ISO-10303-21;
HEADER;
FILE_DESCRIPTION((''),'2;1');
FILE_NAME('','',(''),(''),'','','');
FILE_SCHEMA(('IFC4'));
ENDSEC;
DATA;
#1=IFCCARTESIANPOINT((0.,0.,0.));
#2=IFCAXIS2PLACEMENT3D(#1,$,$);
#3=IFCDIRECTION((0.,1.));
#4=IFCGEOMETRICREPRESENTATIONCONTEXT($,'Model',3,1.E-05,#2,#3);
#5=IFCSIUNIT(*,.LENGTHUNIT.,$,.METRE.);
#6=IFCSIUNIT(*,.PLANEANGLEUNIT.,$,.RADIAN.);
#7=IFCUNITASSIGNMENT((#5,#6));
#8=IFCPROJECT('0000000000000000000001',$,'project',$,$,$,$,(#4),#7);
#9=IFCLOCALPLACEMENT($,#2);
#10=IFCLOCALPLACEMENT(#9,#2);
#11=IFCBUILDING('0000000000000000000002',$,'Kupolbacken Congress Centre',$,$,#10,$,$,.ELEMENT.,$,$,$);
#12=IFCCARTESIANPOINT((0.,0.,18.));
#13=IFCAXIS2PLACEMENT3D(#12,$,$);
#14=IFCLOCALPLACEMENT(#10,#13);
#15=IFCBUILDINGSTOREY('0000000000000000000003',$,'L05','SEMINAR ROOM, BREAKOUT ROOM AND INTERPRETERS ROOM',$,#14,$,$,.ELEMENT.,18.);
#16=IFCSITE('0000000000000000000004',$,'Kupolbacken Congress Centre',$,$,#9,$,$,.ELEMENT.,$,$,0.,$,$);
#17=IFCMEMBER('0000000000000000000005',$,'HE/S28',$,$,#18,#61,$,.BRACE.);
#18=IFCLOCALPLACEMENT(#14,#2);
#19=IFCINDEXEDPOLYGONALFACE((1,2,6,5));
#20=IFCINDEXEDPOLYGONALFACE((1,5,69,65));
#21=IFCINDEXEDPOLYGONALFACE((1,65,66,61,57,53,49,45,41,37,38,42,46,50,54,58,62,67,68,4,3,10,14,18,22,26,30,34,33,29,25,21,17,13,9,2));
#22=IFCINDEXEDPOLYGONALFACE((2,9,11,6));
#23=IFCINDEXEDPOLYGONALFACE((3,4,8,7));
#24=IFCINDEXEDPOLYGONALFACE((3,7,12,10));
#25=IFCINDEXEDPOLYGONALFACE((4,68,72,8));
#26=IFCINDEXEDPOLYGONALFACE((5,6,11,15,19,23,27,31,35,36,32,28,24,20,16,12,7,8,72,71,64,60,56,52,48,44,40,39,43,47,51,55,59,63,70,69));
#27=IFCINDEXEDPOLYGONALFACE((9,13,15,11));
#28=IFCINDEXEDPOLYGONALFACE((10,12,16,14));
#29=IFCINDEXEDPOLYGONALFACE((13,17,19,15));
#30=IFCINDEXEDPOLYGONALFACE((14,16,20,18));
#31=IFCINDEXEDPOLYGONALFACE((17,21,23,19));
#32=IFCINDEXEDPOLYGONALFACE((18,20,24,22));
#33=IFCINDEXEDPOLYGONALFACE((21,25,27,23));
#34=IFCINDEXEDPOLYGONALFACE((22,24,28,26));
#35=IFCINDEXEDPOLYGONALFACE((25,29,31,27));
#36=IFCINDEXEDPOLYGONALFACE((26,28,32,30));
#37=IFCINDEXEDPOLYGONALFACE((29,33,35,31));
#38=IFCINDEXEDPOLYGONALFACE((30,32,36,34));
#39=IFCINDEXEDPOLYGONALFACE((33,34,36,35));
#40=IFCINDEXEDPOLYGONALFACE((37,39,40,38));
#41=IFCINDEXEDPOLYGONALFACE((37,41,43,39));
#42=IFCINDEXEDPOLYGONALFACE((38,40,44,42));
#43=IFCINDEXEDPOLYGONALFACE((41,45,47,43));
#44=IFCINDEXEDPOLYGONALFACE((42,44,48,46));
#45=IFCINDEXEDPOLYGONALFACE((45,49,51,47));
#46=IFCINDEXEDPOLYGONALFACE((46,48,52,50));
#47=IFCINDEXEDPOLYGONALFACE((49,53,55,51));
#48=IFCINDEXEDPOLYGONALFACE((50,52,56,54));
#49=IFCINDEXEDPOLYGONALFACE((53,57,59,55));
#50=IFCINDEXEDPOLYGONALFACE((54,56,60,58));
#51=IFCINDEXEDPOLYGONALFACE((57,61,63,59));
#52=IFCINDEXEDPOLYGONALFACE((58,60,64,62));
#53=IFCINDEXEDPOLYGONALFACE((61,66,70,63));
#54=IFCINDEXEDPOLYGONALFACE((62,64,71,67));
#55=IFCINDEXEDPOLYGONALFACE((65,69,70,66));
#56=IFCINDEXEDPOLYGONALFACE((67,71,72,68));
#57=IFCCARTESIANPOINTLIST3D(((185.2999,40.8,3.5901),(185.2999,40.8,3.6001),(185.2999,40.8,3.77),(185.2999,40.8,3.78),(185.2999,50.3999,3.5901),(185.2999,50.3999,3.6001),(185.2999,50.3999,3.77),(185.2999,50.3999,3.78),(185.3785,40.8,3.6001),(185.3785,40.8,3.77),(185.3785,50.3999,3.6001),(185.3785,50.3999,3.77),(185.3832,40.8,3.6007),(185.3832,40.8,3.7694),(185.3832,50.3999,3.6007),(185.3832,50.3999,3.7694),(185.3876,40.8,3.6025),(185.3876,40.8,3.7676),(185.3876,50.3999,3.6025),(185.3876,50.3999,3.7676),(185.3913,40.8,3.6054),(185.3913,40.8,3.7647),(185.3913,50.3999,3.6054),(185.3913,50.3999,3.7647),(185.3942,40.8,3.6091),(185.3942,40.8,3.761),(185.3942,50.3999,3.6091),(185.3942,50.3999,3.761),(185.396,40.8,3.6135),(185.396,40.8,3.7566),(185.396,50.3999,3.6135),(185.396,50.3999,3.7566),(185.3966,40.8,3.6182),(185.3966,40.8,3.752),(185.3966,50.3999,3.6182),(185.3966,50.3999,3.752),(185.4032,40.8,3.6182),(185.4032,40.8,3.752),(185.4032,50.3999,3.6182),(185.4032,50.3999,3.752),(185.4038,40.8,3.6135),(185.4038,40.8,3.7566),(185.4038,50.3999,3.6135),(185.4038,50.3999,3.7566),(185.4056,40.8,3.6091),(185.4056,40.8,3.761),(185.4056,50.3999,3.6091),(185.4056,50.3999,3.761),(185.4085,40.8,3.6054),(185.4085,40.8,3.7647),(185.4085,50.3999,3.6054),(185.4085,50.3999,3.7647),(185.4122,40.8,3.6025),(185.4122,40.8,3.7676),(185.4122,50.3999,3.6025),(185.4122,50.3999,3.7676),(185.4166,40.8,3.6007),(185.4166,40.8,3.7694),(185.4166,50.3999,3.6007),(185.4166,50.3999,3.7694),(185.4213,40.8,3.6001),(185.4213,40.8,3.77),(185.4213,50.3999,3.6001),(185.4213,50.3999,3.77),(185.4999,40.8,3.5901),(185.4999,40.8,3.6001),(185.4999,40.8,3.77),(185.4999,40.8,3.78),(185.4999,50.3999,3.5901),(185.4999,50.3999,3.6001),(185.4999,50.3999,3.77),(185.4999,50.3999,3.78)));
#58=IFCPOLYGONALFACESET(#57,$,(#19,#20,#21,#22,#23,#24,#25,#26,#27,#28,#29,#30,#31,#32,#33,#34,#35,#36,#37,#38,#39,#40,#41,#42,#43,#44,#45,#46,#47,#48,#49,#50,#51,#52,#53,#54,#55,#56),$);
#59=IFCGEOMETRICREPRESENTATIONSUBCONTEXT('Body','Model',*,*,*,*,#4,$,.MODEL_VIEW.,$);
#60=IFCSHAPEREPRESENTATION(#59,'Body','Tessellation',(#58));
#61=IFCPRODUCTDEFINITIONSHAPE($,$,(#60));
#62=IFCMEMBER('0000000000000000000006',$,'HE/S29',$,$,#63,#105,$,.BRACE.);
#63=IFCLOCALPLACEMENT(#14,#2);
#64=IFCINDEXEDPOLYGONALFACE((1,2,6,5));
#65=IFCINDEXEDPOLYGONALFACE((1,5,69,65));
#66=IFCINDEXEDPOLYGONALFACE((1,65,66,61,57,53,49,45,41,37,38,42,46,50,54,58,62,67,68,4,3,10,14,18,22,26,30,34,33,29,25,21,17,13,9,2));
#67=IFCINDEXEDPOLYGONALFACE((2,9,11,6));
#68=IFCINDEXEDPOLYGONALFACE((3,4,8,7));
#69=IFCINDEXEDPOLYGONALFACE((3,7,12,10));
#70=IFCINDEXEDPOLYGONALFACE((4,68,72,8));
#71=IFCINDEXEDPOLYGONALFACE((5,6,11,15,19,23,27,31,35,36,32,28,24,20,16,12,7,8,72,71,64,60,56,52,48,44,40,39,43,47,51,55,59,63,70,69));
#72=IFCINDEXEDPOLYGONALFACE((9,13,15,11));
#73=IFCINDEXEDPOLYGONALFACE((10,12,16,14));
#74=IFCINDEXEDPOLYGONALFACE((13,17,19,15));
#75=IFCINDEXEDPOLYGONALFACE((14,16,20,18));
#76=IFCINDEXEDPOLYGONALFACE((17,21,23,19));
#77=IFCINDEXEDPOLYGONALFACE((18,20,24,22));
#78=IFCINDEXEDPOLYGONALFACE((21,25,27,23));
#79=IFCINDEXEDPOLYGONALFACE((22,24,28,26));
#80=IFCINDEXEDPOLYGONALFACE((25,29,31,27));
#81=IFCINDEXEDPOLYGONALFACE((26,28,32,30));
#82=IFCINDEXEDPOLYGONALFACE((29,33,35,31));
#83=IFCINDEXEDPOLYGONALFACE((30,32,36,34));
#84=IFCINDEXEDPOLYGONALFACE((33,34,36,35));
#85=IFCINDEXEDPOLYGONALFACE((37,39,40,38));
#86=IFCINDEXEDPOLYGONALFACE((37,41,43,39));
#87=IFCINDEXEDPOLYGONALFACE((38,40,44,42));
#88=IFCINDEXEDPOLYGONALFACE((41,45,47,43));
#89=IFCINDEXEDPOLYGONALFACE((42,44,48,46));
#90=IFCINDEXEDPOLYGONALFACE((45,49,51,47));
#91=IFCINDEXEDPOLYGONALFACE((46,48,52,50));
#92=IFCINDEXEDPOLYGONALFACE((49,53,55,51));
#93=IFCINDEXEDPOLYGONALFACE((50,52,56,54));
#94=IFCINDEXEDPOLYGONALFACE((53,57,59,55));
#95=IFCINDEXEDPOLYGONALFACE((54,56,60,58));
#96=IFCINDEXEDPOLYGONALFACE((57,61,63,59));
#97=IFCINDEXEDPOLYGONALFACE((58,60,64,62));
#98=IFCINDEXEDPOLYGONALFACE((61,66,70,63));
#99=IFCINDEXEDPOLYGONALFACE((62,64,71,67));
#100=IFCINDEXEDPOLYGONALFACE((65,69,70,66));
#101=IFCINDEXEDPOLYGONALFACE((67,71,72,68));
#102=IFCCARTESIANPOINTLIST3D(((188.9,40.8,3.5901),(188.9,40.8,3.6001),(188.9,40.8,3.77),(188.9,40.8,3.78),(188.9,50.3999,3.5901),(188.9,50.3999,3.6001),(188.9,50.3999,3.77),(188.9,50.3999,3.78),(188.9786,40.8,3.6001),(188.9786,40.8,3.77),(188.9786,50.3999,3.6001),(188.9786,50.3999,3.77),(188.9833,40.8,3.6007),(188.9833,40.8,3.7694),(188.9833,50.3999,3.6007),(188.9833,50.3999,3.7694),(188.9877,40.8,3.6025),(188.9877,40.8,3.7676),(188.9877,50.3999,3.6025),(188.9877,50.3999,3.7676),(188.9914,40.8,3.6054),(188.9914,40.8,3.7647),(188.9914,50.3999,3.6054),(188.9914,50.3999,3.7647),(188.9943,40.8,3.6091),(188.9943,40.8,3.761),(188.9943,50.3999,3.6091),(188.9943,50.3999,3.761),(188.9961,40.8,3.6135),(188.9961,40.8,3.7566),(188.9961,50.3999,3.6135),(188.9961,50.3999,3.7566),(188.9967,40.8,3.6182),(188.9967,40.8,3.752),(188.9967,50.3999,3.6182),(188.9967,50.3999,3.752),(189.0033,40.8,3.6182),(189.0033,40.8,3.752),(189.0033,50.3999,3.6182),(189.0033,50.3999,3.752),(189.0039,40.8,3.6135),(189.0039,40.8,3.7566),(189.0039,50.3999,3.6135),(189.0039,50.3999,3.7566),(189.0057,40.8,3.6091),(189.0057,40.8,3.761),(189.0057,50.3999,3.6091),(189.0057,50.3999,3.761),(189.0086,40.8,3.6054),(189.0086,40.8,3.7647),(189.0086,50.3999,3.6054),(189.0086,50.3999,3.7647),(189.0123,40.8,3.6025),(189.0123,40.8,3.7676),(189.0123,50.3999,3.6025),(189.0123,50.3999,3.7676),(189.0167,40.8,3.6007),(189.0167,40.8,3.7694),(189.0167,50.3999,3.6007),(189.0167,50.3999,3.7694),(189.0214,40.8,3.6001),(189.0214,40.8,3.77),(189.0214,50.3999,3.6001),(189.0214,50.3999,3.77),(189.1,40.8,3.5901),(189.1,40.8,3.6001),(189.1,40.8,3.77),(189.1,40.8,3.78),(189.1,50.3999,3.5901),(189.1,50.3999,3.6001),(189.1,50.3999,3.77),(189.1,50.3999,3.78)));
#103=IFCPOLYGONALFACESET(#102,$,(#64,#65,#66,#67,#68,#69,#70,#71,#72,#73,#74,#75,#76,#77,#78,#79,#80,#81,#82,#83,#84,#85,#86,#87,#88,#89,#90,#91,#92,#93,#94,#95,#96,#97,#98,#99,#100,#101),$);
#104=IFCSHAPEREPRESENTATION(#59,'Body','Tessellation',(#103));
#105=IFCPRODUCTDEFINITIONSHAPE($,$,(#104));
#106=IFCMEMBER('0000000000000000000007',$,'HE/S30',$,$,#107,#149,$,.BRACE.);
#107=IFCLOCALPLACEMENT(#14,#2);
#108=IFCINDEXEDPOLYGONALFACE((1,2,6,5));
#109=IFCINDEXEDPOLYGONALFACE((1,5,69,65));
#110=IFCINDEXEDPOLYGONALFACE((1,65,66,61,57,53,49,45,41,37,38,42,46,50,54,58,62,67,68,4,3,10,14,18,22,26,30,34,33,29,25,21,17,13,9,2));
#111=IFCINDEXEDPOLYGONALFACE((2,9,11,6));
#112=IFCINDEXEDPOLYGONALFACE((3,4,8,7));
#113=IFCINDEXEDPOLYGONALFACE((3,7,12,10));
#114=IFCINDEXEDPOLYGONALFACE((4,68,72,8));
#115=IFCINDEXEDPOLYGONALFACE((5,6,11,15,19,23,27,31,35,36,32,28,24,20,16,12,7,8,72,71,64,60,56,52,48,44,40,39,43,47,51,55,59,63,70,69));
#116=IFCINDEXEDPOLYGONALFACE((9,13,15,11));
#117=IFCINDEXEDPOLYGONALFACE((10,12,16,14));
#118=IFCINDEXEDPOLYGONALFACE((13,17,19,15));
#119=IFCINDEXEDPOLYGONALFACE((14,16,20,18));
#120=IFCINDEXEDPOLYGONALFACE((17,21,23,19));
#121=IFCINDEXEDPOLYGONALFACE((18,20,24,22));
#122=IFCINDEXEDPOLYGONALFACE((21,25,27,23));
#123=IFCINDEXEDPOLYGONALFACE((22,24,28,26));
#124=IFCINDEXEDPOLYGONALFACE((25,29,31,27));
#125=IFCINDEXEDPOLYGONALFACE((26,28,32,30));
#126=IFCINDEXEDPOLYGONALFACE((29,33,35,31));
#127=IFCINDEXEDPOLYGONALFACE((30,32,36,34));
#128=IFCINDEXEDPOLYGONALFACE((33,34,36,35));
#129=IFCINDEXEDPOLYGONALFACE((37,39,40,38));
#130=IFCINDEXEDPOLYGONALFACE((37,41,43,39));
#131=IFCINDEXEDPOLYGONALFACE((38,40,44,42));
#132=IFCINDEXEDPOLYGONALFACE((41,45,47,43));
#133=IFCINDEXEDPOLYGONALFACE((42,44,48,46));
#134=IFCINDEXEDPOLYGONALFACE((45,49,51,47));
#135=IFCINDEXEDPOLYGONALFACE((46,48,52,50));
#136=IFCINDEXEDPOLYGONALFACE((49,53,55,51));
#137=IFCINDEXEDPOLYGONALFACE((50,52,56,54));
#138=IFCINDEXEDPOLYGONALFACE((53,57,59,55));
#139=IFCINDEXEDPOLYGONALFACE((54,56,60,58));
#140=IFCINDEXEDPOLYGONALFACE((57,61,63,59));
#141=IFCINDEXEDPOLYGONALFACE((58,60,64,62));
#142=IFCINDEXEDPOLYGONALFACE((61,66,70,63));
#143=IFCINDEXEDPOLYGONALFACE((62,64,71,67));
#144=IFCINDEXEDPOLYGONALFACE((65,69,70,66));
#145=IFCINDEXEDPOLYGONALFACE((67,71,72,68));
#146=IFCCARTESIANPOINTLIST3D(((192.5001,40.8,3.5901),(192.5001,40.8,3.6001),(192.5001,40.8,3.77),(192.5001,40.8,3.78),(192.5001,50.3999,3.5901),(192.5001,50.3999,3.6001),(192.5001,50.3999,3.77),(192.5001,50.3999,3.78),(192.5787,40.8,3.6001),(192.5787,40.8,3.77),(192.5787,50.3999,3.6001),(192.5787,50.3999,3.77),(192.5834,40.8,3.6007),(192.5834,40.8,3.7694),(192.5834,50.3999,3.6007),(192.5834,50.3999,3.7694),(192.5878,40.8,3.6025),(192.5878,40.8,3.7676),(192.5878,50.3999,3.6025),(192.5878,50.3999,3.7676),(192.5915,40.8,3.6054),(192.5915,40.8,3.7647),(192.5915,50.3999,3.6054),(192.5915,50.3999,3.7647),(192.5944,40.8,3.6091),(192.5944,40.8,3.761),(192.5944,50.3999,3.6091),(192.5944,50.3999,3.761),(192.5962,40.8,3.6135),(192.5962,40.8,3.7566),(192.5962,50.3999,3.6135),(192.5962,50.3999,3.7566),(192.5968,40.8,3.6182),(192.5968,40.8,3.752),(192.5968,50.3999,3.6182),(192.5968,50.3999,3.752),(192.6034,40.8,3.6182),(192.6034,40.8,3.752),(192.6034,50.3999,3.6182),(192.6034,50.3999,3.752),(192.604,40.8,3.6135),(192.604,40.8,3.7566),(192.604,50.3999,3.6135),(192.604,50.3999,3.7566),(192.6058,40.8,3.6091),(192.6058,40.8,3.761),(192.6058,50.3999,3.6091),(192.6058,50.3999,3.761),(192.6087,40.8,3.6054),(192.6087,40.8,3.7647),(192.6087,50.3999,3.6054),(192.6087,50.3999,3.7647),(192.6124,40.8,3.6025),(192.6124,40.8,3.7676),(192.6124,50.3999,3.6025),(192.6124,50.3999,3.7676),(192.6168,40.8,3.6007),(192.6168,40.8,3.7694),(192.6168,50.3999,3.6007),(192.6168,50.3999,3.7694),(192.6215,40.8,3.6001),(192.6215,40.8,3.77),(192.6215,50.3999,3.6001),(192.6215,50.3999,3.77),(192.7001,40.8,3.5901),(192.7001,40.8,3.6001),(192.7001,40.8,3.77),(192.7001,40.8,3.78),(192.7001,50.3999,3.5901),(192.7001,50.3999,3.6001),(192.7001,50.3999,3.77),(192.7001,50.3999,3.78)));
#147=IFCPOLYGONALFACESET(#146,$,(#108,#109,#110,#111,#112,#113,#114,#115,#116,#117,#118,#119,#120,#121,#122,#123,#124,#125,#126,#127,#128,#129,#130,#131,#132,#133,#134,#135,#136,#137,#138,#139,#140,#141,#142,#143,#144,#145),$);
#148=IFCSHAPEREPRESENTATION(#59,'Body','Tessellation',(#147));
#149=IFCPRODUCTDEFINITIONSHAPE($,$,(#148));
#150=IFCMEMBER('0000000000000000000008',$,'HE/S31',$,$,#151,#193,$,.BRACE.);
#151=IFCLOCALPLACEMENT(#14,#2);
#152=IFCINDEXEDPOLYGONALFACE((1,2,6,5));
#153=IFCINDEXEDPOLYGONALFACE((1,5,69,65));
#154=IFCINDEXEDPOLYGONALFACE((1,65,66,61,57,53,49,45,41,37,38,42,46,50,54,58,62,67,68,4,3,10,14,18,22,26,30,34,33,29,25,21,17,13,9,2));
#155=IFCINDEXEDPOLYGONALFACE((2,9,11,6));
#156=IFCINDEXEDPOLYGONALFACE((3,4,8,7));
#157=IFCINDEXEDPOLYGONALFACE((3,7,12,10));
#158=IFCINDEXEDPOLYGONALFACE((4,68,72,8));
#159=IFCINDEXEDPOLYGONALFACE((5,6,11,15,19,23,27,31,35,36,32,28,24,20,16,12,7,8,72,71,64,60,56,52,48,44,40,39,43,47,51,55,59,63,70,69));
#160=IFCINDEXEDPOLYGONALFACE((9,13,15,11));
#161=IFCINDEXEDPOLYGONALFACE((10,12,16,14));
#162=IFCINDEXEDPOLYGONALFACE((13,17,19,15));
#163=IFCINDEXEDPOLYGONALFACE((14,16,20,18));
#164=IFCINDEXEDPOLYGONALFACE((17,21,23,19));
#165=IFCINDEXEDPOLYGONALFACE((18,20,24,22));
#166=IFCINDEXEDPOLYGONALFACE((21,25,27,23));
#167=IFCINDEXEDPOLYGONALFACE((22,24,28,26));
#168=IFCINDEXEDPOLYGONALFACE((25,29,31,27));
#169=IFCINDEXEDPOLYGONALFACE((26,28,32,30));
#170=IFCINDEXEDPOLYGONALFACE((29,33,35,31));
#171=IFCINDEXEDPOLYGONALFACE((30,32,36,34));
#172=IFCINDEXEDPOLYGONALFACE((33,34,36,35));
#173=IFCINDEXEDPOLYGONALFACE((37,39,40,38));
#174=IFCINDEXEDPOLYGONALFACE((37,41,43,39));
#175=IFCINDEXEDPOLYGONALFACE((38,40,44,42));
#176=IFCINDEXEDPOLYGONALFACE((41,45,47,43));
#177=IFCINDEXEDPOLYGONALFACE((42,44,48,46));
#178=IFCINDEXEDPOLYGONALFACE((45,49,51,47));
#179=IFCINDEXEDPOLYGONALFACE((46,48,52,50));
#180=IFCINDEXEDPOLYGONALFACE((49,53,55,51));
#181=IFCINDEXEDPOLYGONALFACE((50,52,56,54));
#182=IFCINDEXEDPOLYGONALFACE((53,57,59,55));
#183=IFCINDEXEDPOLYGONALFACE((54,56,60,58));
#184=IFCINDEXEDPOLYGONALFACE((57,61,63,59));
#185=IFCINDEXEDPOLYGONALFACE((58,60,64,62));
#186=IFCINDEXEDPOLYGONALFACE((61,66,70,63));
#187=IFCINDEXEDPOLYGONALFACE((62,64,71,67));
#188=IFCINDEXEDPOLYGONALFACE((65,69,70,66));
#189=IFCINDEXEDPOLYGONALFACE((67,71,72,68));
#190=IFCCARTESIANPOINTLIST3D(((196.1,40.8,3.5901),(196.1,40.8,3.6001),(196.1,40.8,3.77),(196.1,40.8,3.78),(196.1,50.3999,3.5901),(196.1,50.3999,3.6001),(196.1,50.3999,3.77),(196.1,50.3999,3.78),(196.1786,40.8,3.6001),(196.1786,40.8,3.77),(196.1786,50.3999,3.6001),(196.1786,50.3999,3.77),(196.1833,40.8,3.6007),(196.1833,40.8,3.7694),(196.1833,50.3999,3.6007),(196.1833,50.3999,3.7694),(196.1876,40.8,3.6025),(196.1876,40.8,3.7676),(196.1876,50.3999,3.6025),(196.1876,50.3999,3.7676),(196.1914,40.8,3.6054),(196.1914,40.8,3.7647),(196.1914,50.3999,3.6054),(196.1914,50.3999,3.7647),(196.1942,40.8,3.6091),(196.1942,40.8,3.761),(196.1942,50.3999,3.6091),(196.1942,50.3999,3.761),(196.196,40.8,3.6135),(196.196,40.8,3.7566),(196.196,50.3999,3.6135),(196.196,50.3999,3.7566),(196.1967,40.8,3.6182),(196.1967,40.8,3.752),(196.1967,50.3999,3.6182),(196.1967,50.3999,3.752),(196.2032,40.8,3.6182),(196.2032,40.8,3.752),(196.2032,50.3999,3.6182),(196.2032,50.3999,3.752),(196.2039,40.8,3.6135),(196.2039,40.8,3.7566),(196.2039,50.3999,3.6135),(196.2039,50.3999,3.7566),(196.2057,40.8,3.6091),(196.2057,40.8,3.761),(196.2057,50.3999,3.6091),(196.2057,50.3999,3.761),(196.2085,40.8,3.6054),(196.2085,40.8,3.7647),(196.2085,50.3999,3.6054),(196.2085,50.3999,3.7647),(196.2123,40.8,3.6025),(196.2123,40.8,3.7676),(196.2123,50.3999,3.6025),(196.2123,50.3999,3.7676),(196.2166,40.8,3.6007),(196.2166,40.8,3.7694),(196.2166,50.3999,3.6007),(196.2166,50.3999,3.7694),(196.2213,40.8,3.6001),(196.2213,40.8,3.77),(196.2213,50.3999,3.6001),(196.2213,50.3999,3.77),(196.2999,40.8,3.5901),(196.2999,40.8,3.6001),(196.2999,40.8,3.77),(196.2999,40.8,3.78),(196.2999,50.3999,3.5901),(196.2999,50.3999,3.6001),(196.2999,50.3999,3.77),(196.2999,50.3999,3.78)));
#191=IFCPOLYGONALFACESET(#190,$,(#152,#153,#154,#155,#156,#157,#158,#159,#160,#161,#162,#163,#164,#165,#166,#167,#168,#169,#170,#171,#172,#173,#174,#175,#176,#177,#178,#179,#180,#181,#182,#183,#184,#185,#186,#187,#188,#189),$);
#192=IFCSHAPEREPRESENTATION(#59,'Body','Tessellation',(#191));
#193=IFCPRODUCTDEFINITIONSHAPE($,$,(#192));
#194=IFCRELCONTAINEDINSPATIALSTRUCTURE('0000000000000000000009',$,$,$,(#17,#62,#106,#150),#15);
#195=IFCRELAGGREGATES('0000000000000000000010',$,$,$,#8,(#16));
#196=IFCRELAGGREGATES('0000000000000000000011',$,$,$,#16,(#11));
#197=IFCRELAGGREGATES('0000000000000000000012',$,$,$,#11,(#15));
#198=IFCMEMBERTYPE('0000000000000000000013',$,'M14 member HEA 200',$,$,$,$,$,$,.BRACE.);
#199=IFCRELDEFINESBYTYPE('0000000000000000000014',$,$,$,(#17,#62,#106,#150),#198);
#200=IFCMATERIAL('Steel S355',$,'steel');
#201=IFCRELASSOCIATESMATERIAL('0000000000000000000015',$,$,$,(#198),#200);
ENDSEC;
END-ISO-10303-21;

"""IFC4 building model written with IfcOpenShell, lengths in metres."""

from ifc_helpers import new_model, si_unit, direction, frame, origin, origin_2d, place, context, subcontext, project, spatial, i_section, extrude, material, material_profile, profile_set, type_object, element, save


model = new_model("IFC4")

# Units and contexts
model_context = context("Model", 3, precision=1e-05, world=origin(), true_north=direction((0.0, 1.0)))
body_context = subcontext(model_context, "Body", "Model", "MODEL_VIEW")
ifc_project = project(units=[si_unit("LENGTHUNIT", "METRE"), si_unit("PLANEANGLEUNIT", "RADIAN")], contexts=[model_context])

# Site, building, storey
site_placement = place(None, origin())
site = spatial("IfcSite", under=ifc_project, at=site_placement, Name="Kupolbacken Congress Centre", CompositionType="ELEMENT", RefElevation=0.0)
building_placement = place(site_placement, origin())
building = spatial("IfcBuilding", under=site, at=building_placement, Name="Kupolbacken Congress Centre", CompositionType="ELEMENT")
storey_placement = place(building_placement, frame((0.0, 0.0, 18.0)))
storey = spatial("IfcBuildingStorey", under=building, at=storey_placement, Name="L05", Description="SEMINAR ROOM, BREAKOUT ROOM AND INTERPRETERS ROOM", CompositionType="ELEMENT", Elevation=18.0)

# Members
ifc_material_1 = material(Name="Steel S355", Category="steel")
ifc_material_profile_1 = material_profile(ifc_material_1, i_section(OverallWidth=0.2, OverallDepth=0.1899, WebThickness=0.0066, FlangeThickness=0.01, FilletRadius=0.0181, at=origin_2d()), Name="HEA 200")
ifc_profile_set_1 = profile_set([ifc_material_profile_1], Name="Steel S355")
member_type_1 = type_object("IfcMemberType", Name="M14 member HEA 200", PredefinedType="BRACE", material=ifc_profile_set_1)
for number, where, z_axis, x_axis, name in (
    (1, (185.3999, 50.3999, 3.6851), (0.0, -1.0, 0.0), (1.0, 0.0, 0.0), "HE/S28"),
    (2, (189.0, 50.3999, 3.6851), (0.0, -1.0, 0.0), (1.0, 0.0, 0.0), "HE/S29"),
    (3, (192.6001, 50.3999, 3.6851), (0.0, -1.0, 0.0), (1.0, 0.0, 0.0), "HE/S30"),
    (4, (196.2, 50.3999, 3.6851), (0.0, -1.0, 0.0), (1.0, 0.0, 0.0), "HE/S31"),
):
    element("IfcMember", number, at=place(storey_placement, frame(where, z_axis=z_axis, x_axis=x_axis)), inside=storey, type_object=member_type_1, Name=name, PredefinedType="BRACE", context=body_context, shape_type="SweptSolid", body=[
        extrude(i_section(OverallWidth=0.2, OverallDepth=0.1899, WebThickness=0.0066, FlangeThickness=0.01, FilletRadius=0.0181, at=origin_2d()), origin(), (0.0, 0.0, 1.0), 9.5999),
    ])

save(model, "model.ifc")
